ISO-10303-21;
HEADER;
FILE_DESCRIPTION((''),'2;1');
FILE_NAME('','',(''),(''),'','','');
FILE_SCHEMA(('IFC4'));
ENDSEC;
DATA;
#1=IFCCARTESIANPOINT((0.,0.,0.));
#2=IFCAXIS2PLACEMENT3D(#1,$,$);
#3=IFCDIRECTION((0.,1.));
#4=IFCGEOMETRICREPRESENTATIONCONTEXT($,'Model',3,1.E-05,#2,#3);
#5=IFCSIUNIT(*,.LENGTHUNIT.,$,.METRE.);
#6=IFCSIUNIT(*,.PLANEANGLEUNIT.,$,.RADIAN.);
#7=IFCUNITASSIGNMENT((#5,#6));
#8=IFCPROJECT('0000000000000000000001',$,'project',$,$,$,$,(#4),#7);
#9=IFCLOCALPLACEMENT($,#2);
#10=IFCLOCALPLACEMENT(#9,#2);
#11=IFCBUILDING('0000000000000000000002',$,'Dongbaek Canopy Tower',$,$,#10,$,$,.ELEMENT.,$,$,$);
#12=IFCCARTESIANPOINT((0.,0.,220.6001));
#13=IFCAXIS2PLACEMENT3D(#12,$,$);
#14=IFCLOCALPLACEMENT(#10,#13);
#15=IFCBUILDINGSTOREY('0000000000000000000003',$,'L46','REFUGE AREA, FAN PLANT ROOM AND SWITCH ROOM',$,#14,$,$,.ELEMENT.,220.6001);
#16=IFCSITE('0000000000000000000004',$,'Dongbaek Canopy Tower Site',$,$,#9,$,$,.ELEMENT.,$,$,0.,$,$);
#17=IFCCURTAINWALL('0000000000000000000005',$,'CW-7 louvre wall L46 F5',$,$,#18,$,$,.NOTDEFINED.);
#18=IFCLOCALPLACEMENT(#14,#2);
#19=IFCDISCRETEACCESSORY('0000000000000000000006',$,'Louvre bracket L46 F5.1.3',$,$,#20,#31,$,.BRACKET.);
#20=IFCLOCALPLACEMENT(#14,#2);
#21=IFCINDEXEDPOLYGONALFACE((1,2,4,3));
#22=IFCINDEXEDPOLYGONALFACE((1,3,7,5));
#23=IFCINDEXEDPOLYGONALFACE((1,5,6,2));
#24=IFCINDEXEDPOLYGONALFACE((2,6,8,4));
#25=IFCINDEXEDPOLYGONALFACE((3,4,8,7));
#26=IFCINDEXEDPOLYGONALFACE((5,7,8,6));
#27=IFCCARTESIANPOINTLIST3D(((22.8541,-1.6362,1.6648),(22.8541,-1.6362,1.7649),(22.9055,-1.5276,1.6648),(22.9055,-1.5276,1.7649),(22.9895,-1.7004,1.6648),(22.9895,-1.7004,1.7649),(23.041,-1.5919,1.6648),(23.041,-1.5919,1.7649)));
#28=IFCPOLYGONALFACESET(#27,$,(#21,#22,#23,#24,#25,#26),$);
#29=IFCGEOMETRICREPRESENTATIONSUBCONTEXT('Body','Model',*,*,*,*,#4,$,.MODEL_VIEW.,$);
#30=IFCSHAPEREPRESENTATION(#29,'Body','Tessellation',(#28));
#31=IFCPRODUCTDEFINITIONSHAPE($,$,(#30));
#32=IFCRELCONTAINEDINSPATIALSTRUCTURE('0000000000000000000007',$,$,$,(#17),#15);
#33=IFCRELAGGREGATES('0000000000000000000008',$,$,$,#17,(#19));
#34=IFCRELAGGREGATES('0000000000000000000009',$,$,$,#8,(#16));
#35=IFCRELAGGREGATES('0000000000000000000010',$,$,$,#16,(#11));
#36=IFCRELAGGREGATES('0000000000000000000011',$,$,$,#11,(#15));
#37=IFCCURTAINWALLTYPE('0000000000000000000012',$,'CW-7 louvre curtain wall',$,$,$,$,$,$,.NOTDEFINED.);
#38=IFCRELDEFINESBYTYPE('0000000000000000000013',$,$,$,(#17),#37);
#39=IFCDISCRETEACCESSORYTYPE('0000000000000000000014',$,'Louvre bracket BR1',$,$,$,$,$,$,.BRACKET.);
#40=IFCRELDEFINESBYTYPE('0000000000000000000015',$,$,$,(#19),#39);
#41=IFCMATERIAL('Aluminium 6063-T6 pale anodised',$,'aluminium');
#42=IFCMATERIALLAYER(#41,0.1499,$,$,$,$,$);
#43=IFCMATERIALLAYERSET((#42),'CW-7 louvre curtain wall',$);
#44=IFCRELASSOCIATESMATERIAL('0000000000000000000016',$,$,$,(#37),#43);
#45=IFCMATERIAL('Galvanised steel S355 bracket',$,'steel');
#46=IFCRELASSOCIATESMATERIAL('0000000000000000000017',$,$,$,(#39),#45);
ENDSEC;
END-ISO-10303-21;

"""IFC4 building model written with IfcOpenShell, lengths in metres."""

from ifc_helpers import new_model, si_unit, direction, frame, origin, origin_2d, place, context, subcontext, project, spatial, rectangle, extrude, material, layer, layer_set, type_object, element, aggregate, save


model = new_model("IFC4")

# Units and contexts
model_context = context("Model", 3, precision=1e-05, world=origin(), true_north=direction((0.0, 1.0)))
body_context = subcontext(model_context, "Body", "Model", "MODEL_VIEW")
ifc_project = project(units=[si_unit("LENGTHUNIT", "METRE"), si_unit("PLANEANGLEUNIT", "RADIAN")], contexts=[model_context])

# Site, building, storey
site_placement = place(None, origin())
site = spatial("IfcSite", under=ifc_project, at=site_placement, Name="Dongbaek Canopy Tower Site", CompositionType="ELEMENT", RefElevation=0.0)
building_placement = place(site_placement, origin())
building = spatial("IfcBuilding", under=site, at=building_placement, Name="Dongbaek Canopy Tower", CompositionType="ELEMENT")
storey_placement = place(building_placement, frame((0.0, 0.0, 220.6001)))
storey = spatial("IfcBuildingStorey", under=building, at=storey_placement, Name="L46", Description="REFUGE AREA, FAN PLANT ROOM AND SWITCH ROOM", CompositionType="ELEMENT", Elevation=220.6001)

# Curtain wall
ifc_material_1 = material(Name="Aluminium 6063-T6 pale anodised", Category="aluminium")
ifc_layer_1 = layer(ifc_material_1, 0.1499)
ifc_layer_set_1 = layer_set([ifc_layer_1], Name="CW-7 louvre curtain wall")
curtain_wall_type = type_object("IfcCurtainWallType", Name="CW-7 louvre curtain wall", PredefinedType="NOTDEFINED", material=ifc_layer_set_1)
curtain_wall_placement = place(storey_placement, origin())
curtain_wall = element("IfcCurtainWall", 1, at=curtain_wall_placement, inside=storey, type_object=curtain_wall_type, Name="CW-7 louvre wall L46 F5", PredefinedType="NOTDEFINED")

# Discrete accessory
ifc_material_2 = material(Name="Galvanised steel S355 bracket", Category="steel")
discrete_accessory_type_1 = type_object("IfcDiscreteAccessoryType", Name="Louvre bracket BR1", PredefinedType="BRACKET", material=ifc_material_2)
discrete_accessory_placement = place(storey_placement, frame((22.9475, -1.614, 1.6648), z_axis=(0.0, 0.0, 1.0), x_axis=(0.428545, 0.90352, 0.0)))
discrete_accessory = element("IfcDiscreteAccessory", 2, at=discrete_accessory_placement, type_object=discrete_accessory_type_1, Name="Louvre bracket L46 F5.1.3", PredefinedType="BRACKET", context=body_context, shape_type="SweptSolid", body=[
    extrude(rectangle(XDim=0.1201, YDim=0.1499, at=origin_2d()), origin(), (0.0, 0.0, 1.0), 0.1001),
])
aggregate(curtain_wall, [discrete_accessory])

save(model, "model.ifc")
